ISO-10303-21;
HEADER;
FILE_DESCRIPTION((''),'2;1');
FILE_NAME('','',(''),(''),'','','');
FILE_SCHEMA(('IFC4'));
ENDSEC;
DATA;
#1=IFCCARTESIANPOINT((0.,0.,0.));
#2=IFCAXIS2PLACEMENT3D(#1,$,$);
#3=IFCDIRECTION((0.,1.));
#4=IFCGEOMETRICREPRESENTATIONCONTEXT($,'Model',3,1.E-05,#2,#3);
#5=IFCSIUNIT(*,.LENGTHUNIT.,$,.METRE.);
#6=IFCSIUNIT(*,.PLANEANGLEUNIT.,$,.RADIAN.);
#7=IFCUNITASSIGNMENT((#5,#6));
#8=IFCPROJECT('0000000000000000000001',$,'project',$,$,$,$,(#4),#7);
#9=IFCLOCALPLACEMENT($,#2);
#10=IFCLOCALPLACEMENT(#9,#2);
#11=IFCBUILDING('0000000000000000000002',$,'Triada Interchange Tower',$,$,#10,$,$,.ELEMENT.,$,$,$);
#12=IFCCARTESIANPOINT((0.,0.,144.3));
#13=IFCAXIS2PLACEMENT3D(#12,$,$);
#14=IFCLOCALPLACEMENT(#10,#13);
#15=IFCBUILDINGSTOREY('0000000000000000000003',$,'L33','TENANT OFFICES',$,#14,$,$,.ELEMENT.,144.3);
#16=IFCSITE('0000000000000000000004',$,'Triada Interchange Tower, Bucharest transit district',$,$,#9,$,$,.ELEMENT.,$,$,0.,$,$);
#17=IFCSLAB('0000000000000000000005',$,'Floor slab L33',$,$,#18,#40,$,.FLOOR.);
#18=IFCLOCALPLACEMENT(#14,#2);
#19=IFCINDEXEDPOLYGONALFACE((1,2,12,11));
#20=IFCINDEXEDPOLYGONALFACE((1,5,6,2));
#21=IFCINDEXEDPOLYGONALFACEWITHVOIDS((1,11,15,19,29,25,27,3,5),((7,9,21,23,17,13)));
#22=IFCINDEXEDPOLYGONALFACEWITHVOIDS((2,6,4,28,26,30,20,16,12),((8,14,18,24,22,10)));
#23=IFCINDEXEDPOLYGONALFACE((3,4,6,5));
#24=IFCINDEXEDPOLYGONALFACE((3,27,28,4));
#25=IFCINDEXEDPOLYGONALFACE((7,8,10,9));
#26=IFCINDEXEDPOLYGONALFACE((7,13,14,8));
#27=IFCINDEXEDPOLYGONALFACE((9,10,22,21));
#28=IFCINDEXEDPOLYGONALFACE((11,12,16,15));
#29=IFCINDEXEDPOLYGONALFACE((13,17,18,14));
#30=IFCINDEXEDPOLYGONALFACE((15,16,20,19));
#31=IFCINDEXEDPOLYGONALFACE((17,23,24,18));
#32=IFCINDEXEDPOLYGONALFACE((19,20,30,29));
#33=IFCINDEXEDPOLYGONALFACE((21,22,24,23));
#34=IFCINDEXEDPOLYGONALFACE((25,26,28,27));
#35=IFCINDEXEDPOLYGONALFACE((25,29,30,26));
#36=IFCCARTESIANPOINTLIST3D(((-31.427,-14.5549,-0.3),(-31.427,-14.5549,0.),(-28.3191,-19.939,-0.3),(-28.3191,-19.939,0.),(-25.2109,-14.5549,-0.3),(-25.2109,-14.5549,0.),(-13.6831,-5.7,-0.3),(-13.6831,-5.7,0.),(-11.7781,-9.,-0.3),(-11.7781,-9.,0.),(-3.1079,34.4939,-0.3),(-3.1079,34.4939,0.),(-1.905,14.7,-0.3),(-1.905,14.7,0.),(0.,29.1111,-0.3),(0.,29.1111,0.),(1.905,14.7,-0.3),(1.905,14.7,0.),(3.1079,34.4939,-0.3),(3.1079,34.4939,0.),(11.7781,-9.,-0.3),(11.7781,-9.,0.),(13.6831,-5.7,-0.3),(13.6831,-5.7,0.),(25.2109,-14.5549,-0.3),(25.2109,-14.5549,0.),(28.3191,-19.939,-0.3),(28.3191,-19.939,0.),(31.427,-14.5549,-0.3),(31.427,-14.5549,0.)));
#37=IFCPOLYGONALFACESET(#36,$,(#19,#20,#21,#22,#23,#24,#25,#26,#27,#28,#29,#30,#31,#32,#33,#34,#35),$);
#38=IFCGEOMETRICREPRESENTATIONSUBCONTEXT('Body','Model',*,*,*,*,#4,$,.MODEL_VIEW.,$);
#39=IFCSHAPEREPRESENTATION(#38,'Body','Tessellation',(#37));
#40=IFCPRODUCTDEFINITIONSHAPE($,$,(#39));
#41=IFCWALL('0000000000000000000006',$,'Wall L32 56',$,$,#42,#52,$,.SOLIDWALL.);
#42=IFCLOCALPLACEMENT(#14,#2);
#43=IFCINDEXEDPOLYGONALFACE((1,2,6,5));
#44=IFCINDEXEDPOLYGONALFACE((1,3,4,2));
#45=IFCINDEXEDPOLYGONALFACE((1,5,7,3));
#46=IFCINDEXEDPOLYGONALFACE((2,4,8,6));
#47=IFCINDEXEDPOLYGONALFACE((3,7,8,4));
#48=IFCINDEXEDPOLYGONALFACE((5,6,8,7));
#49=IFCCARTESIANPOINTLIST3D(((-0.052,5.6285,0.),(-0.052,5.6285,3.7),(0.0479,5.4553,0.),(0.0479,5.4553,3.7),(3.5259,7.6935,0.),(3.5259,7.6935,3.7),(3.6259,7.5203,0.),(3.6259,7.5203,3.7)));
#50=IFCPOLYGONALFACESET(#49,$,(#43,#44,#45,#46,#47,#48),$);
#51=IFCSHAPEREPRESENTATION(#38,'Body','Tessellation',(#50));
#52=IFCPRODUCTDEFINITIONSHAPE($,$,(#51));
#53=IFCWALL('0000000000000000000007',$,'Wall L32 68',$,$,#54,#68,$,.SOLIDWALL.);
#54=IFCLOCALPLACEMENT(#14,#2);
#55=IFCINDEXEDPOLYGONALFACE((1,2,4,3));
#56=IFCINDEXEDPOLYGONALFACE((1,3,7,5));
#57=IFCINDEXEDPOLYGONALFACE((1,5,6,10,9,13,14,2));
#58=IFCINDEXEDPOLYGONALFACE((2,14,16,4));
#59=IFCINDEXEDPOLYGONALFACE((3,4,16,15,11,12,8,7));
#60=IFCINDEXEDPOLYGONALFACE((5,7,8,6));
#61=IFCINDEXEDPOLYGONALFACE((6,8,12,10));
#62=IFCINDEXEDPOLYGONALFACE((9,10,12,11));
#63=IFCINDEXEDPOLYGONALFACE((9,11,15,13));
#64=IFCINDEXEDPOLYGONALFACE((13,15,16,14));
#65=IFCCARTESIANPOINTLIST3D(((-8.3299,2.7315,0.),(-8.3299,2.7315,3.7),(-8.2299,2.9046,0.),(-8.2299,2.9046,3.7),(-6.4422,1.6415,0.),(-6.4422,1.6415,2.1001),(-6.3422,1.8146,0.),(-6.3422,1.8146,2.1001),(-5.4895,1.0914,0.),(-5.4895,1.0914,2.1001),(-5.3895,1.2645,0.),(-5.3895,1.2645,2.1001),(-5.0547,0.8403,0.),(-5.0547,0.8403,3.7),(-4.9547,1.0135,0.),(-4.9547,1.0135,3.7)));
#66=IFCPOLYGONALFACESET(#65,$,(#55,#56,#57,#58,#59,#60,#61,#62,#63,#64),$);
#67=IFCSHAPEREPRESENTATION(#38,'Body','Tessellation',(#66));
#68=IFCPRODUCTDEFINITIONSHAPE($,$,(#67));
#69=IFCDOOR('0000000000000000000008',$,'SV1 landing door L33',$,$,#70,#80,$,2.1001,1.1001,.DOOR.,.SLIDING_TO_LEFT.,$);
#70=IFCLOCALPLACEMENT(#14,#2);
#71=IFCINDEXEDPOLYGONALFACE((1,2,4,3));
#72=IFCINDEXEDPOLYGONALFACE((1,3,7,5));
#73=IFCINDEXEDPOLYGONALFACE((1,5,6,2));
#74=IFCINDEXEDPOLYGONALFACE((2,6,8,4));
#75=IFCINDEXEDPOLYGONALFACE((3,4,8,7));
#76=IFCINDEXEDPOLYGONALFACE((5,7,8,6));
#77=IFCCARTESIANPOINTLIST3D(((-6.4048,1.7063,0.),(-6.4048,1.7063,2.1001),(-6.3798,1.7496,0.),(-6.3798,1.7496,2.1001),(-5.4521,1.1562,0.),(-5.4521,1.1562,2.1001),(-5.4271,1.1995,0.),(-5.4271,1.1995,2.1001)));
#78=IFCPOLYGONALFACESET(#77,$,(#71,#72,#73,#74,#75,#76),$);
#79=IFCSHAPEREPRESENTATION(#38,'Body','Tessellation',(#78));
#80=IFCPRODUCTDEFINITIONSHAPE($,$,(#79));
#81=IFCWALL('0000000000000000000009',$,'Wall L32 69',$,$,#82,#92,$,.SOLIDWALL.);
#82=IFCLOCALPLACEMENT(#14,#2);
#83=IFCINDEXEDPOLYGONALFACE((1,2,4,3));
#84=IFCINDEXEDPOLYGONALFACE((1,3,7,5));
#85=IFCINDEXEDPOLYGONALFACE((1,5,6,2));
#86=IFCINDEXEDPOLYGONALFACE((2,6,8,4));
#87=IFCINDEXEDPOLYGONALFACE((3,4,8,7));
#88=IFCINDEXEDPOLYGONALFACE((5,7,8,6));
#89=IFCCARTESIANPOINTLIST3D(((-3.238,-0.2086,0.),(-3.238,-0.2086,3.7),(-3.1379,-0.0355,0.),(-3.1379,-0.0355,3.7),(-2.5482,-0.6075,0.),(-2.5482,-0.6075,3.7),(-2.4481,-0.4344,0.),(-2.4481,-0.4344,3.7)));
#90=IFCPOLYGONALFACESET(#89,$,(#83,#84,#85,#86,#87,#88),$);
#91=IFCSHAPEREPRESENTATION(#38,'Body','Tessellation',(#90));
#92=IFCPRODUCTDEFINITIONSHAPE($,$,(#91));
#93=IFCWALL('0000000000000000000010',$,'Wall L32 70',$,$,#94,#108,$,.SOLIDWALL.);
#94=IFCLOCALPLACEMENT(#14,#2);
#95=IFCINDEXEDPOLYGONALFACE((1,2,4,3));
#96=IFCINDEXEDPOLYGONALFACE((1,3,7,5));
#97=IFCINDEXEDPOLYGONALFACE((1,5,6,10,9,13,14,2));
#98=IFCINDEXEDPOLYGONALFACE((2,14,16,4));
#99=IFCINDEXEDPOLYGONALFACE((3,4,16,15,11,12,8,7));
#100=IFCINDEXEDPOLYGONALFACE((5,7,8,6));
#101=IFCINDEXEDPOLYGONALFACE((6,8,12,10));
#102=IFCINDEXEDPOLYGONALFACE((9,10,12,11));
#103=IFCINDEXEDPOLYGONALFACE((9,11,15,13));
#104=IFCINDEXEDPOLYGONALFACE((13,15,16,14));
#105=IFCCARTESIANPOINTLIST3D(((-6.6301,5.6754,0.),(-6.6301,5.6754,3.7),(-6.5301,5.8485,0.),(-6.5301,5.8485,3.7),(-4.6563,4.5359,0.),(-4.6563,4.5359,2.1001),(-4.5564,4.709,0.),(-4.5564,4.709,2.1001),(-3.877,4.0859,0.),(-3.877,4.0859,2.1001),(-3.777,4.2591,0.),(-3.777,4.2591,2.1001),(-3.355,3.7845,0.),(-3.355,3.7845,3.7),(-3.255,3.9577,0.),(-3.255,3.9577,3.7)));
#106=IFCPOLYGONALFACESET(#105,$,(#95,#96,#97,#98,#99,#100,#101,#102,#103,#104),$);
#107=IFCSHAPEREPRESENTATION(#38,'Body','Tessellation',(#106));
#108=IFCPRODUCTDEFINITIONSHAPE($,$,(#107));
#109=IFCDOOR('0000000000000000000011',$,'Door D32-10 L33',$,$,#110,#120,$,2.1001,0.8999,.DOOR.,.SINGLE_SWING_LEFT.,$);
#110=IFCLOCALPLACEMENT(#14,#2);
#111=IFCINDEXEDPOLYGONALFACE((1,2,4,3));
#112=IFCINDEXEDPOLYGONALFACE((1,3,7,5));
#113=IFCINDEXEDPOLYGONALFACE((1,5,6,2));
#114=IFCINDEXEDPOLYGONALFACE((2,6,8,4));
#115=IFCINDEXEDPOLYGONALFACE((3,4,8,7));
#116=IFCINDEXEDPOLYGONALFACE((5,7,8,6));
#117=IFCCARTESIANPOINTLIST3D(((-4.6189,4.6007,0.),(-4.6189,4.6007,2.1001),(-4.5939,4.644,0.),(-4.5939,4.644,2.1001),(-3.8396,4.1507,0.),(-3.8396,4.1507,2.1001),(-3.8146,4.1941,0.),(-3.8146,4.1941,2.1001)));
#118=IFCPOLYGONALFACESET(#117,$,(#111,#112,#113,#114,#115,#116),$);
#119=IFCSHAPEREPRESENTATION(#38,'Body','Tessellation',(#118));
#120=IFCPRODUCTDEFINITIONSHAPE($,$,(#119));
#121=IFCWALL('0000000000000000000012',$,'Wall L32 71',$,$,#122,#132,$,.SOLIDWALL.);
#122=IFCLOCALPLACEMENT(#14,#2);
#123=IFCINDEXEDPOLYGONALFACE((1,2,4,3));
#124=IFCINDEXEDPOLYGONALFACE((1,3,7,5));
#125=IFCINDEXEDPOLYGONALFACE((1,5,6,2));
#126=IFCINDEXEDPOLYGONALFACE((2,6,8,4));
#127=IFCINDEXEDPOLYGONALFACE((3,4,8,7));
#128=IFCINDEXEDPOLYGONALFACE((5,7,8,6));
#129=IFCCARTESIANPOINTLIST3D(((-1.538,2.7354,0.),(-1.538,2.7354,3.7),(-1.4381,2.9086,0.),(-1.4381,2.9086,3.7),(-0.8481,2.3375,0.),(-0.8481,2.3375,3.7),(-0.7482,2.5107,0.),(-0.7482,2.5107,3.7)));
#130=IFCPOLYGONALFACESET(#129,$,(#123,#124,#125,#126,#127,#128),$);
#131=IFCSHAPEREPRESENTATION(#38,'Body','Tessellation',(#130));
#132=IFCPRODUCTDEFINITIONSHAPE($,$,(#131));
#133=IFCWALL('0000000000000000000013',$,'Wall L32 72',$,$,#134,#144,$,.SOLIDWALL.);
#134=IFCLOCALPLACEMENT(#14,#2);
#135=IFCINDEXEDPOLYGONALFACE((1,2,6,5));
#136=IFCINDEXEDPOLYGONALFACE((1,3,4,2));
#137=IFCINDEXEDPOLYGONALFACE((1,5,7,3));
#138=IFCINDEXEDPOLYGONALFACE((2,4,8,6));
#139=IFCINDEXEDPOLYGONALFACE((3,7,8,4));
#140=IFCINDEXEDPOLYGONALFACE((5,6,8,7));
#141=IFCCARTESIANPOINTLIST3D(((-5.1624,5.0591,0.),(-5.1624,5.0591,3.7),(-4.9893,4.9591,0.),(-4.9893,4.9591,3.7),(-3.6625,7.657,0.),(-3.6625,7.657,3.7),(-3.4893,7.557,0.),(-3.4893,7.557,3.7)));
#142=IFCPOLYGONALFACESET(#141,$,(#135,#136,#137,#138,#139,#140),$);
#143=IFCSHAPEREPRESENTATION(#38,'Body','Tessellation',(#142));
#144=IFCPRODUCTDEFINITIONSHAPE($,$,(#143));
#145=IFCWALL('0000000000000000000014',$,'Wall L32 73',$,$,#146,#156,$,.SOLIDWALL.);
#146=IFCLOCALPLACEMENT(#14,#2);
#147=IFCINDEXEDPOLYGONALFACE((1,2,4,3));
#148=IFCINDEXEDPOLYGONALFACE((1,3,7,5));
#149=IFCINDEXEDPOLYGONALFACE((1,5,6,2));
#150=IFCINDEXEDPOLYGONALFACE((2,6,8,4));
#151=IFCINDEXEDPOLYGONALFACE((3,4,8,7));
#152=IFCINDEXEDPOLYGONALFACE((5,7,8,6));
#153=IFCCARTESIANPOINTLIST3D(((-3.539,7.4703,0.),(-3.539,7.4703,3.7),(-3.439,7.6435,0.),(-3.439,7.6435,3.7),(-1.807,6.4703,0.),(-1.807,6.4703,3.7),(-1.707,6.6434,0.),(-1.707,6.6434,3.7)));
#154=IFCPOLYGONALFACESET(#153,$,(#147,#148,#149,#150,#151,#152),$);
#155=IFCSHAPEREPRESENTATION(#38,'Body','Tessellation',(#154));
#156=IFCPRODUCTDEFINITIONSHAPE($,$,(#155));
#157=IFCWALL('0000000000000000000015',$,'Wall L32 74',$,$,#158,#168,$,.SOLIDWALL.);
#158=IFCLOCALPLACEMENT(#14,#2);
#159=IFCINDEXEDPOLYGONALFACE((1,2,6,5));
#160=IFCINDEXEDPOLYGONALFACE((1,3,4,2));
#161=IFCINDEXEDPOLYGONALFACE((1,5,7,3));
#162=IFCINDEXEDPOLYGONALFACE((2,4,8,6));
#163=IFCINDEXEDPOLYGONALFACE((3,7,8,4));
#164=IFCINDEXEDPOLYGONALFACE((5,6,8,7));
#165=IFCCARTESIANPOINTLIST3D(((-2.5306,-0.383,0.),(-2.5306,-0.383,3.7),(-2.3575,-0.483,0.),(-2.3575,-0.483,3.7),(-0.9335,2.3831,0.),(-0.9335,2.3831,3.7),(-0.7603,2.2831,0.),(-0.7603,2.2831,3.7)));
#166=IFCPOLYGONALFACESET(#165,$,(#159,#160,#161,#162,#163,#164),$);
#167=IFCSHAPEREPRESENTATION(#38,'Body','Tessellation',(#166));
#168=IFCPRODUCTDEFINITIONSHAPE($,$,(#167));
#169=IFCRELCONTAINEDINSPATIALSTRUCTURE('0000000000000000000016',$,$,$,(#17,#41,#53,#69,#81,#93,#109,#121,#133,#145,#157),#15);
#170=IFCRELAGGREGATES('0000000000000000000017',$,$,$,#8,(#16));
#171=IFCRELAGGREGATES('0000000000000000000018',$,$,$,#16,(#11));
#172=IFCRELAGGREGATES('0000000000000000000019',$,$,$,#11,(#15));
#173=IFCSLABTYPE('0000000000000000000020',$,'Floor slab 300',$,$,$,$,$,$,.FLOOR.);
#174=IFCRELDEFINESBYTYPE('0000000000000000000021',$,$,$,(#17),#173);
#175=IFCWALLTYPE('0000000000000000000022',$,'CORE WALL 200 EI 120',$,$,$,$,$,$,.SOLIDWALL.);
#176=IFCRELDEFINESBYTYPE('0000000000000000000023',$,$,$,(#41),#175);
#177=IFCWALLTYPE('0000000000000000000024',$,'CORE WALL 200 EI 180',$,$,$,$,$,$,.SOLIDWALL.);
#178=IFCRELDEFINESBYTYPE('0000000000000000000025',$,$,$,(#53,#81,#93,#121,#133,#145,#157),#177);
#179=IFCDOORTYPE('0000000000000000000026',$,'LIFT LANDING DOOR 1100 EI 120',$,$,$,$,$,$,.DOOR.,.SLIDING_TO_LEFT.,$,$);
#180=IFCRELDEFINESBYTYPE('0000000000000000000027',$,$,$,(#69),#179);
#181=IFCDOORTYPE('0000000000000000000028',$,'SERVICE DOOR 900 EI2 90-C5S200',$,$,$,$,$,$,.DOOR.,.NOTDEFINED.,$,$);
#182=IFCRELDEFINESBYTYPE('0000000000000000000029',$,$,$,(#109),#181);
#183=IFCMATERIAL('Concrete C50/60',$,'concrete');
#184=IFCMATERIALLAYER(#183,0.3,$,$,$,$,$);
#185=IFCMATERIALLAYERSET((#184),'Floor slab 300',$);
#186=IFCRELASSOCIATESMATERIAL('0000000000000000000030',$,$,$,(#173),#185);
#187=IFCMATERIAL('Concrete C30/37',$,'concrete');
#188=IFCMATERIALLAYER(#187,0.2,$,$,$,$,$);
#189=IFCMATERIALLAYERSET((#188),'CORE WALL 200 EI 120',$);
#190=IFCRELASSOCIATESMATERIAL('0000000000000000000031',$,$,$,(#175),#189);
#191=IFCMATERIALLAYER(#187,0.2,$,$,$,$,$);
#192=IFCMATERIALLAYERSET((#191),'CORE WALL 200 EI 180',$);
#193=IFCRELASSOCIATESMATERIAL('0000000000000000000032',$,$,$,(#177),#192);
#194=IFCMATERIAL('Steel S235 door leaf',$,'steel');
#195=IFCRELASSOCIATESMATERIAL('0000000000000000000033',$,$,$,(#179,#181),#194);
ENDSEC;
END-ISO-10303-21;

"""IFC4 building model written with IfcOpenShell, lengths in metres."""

from ifc_helpers import new_model, si_unit, direction, frame, frame_2d, origin, place, context, subcontext, project, spatial, polyline, rectangle, outline, extrude, material, layer, layer_set, type_object, element, fill, save


model = new_model("IFC4")

# Units and contexts
model_context = context("Model", 3, precision=1e-05, world=origin(), true_north=direction((0.0, 1.0)))
body_context = subcontext(model_context, "Body", "Model", "MODEL_VIEW")
ifc_project = project(units=[si_unit("LENGTHUNIT", "METRE"), si_unit("PLANEANGLEUNIT", "RADIAN")], contexts=[model_context])

# Site, building, storey
site_placement = place(None, origin())
site = spatial("IfcSite", under=ifc_project, at=site_placement, Name="Triada Interchange Tower, Bucharest transit district", CompositionType="ELEMENT", RefElevation=0.0)
building_placement = place(site_placement, origin())
building = spatial("IfcBuilding", under=site, at=building_placement, Name="Triada Interchange Tower", CompositionType="ELEMENT")
storey_placement = place(building_placement, frame((0.0, 0.0, 144.3)))
storey = spatial("IfcBuildingStorey", under=building, at=storey_placement, Name="L33", Description="TENANT OFFICES", CompositionType="ELEMENT", Elevation=144.3)

# Slab
ifc_material_1 = material(Name="Concrete C50/60", Category="concrete")
ifc_layer_1 = layer(ifc_material_1, 0.3)
ifc_layer_set_1 = layer_set([ifc_layer_1], Name="Floor slab 300")
slab_type = type_object("IfcSlabType", Name="Floor slab 300", PredefinedType="FLOOR", material=ifc_layer_set_1)
slab_placement = place(storey_placement, frame((0.0, 0.0, -0.3)))
element("IfcSlab", 1, at=slab_placement, inside=storey, type_object=slab_type, Name="Floor slab L33", PredefinedType="FLOOR", context=body_context, shape_type="SweptSolid", body=[
    extrude(outline(polyline([(-3.1079, 34.4939), (-31.427, -14.5549), (-25.2109, -14.5549), (-28.3191, -19.939), (28.3191, -19.939), (25.2109, -14.5549), (31.427, -14.5549), (3.1079, 34.4939), (0.0, 29.1111), (-3.1079, 34.4939)]), holes=[polyline([(1.905, 14.7), (-1.905, 14.7), (-13.6831, -5.7), (-11.7781, -9.0), (11.7781, -9.0), (13.6831, -5.7), (1.905, 14.7)])]), origin(), (0.0, 0.0, 1.0), 0.3),
])

# Wall
ifc_material_2 = material(Name="Concrete C30/37", Category="concrete")
ifc_layer_2 = layer(ifc_material_2, 0.2)
ifc_layer_set_2 = layer_set([ifc_layer_2], Name="CORE WALL 200 EI 120")
wall_type_1 = type_object("IfcWallType", Name="CORE WALL 200 EI 120", PredefinedType="SOLIDWALL", material=ifc_layer_set_2)
wall_1_placement = place(storey_placement, frame((-0.002, 5.542, 0.0), z_axis=(0.0, 0.0, 1.0), x_axis=(0.866104, 0.499864, 0.0)))
element("IfcWall", 2, at=wall_1_placement, inside=storey, type_object=wall_type_1, Name="Wall L32 56", PredefinedType="SOLIDWALL", context=body_context, shape_type="SweptSolid", body=[
    extrude(rectangle(XDim=4.1311, YDim=0.2, at=frame_2d((2.0654, 0.0))), origin(), (0.0, 0.0, 1.0), 3.7),
])

# Wall, opening, door
ifc_layer_3 = layer(ifc_material_2, 0.2)
ifc_layer_set_3 = layer_set([ifc_layer_3], Name="CORE WALL 200 EI 180")
wall_type_2 = type_object("IfcWallType", Name="CORE WALL 200 EI 180", PredefinedType="SOLIDWALL", material=ifc_layer_set_3)
wall_2_placement = place(storey_placement, frame((-8.28, 2.8181, 0.0), z_axis=(0.0, 0.0, 1.0), x_axis=(0.866002, -0.500041, 0.0)))
wall_2 = element("IfcWall", 3, at=wall_2_placement, inside=storey, type_object=wall_type_2, Name="Wall L32 68", PredefinedType="SOLIDWALL", context=body_context, shape_type="SweptSolid", body=[
    extrude(rectangle(XDim=3.782, YDim=0.2, at=frame_2d((1.8911, 0.0))), origin(), (0.0, 0.0, 1.0), 3.7),
])
opening_1_placement = place(wall_2_placement, frame((2.1799, 0.0, 0.0)))
opening_1 = element("IfcOpeningElement", 4, at=opening_1_placement, cuts=wall_2, PredefinedType="OPENING", context=body_context, shape_type="SweptSolid", body=[
    extrude(rectangle(XDim=1.1001, YDim=2.1001, at=frame_2d((0.55, 1.05))), frame((0.0, 0.1099, 0.0), z_axis=(0.0, -1.0, 0.0), x_axis=(1.0, 0.0, 0.0)), (0.0, 0.0, 1.0), 0.22),
])
ifc_material_3 = material(Name="Steel S235 door leaf", Category="steel")
door_type_1 = type_object("IfcDoorType", Name="LIFT LANDING DOOR 1100 EI 120", OperationType="SLIDING_TO_LEFT", PredefinedType="DOOR", material=ifc_material_3)
door_1_placement = place(opening_1_placement, origin())
door_1 = element("IfcDoor", 5, at=door_1_placement, inside=storey, type_object=door_type_1, Name="SV1 landing door L33", OperationType="SLIDING_TO_LEFT", OverallHeight=2.1001, OverallWidth=1.1001, PredefinedType="DOOR", context=body_context, shape_type="SweptSolid", body=[
    extrude(rectangle(XDim=1.1001, YDim=2.1001, at=frame_2d((0.55, 1.05))), frame((0.0, 0.0249, 0.0), z_axis=(0.0, -1.0, 0.0), x_axis=(1.0, 0.0, 0.0)), (0.0, 0.0, 1.0), 0.05),
])
fill(opening_1, door_1)

# Wall
wall_3_placement = place(storey_placement, frame((-3.188, -0.1221, 0.0), z_axis=(0.0, 0.0, 1.0), x_axis=(0.865706, -0.500553, 0.0)))
element("IfcWall", 6, at=wall_3_placement, inside=storey, type_object=wall_type_2, Name="Wall L32 69", PredefinedType="SOLIDWALL", context=body_context, shape_type="SweptSolid", body=[
    extrude(rectangle(XDim=0.7969, YDim=0.2, at=frame_2d((0.3984, 0.0))), origin(), (0.0, 0.0, 1.0), 3.7),
])

# Wall, opening, door
wall_4_placement = place(storey_placement, frame((-6.5801, 5.762, 0.0), z_axis=(0.0, 0.0, 1.0), x_axis=(0.86603, -0.499993, 0.0)))
wall_4 = element("IfcWall", 7, at=wall_4_placement, inside=storey, type_object=wall_type_2, Name="Wall L32 70", PredefinedType="SOLIDWALL", context=body_context, shape_type="SweptSolid", body=[
    extrude(rectangle(XDim=3.7817, YDim=0.2, at=frame_2d((1.8909, 0.0))), origin(), (0.0, 0.0, 1.0), 3.7),
])
opening_2_placement = place(wall_4_placement, frame((2.2791, 0.0, 0.0)))
opening_2 = element("IfcOpeningElement", 8, at=opening_2_placement, cuts=wall_4, PredefinedType="OPENING", context=body_context, shape_type="SweptSolid", body=[
    extrude(rectangle(XDim=0.8999, YDim=2.1001, at=frame_2d((0.45, 1.05))), frame((0.0, 0.1099, 0.0), z_axis=(0.0, -1.0, 0.0), x_axis=(1.0, 0.0, 0.0)), (0.0, 0.0, 1.0), 0.22),
])
door_type_2 = type_object("IfcDoorType", Name="SERVICE DOOR 900 EI2 90-C5S200", OperationType="NOTDEFINED", PredefinedType="DOOR", material=ifc_material_3)
door_2_placement = place(opening_2_placement, origin())
door_2 = element("IfcDoor", 9, at=door_2_placement, inside=storey, type_object=door_type_2, Name="Door D32-10 L33", OperationType="SINGLE_SWING_LEFT", OverallHeight=2.1001, OverallWidth=0.8999, PredefinedType="DOOR", context=body_context, shape_type="SweptSolid", body=[
    extrude(rectangle(XDim=0.8999, YDim=2.1001, at=frame_2d((0.45, 1.05))), frame((0.0, 0.0249, 0.0), z_axis=(0.0, -1.0, 0.0), x_axis=(1.0, 0.0, 0.0)), (0.0, 0.0, 1.0), 0.05),
])
fill(opening_2, door_2)

# Walls
wall_5_placement = place(storey_placement, frame((-1.488, 2.822, 0.0), z_axis=(0.0, 0.0, 1.0), x_axis=(0.866237, -0.499634, 0.0)))
element("IfcWall", 10, at=wall_5_placement, inside=storey, type_object=wall_type_2, Name="Wall L32 71", PredefinedType="SOLIDWALL", context=body_context, shape_type="SweptSolid", body=[
    extrude(rectangle(XDim=0.7964, YDim=0.2, at=frame_2d((0.3982, 0.0))), origin(), (0.0, 0.0, 1.0), 3.7),
])
wall_6_placement = place(storey_placement, frame((-5.0759, 5.009, 0.0), z_axis=(0.0, 0.0, 1.0), x_axis=(0.500025, 0.866011, 0.0)))
element("IfcWall", 11, at=wall_6_placement, inside=storey, type_object=wall_type_2, Name="Wall L32 72", PredefinedType="SOLIDWALL", context=body_context, shape_type="SweptSolid", body=[
    extrude(rectangle(XDim=2.9998, YDim=0.2, at=frame_2d((1.5, 0.0))), origin(), (0.0, 0.0, 1.0), 3.7),
])
wall_7_placement = place(storey_placement, frame((-3.489, 7.5569, 0.0), z_axis=(0.0, 0.0, 1.0), x_axis=(0.866011, -0.500025, 0.0)))
element("IfcWall", 12, at=wall_7_placement, inside=storey, type_object=wall_type_2, Name="Wall L32 73", PredefinedType="SOLIDWALL", context=body_context, shape_type="SweptSolid", body=[
    extrude(rectangle(XDim=2.0, YDim=0.2, at=frame_2d((1.0, 0.0))), origin(), (0.0, 0.0, 1.0), 3.7),
])
wall_8_placement = place(storey_placement, frame((-2.4441, -0.4331, 0.0), z_axis=(0.0, 0.0, 1.0), x_axis=(0.500036, 0.866005, 0.0)))
element("IfcWall", 13, at=wall_8_placement, inside=storey, type_object=wall_type_2, Name="Wall L32 74", PredefinedType="SOLIDWALL", context=body_context, shape_type="SweptSolid", body=[
    extrude(rectangle(XDim=3.1941, YDim=0.2, at=frame_2d((1.5972, 0.0))), origin(), (0.0, 0.0, 1.0), 3.7),
])

save(model, "model.ifc")
